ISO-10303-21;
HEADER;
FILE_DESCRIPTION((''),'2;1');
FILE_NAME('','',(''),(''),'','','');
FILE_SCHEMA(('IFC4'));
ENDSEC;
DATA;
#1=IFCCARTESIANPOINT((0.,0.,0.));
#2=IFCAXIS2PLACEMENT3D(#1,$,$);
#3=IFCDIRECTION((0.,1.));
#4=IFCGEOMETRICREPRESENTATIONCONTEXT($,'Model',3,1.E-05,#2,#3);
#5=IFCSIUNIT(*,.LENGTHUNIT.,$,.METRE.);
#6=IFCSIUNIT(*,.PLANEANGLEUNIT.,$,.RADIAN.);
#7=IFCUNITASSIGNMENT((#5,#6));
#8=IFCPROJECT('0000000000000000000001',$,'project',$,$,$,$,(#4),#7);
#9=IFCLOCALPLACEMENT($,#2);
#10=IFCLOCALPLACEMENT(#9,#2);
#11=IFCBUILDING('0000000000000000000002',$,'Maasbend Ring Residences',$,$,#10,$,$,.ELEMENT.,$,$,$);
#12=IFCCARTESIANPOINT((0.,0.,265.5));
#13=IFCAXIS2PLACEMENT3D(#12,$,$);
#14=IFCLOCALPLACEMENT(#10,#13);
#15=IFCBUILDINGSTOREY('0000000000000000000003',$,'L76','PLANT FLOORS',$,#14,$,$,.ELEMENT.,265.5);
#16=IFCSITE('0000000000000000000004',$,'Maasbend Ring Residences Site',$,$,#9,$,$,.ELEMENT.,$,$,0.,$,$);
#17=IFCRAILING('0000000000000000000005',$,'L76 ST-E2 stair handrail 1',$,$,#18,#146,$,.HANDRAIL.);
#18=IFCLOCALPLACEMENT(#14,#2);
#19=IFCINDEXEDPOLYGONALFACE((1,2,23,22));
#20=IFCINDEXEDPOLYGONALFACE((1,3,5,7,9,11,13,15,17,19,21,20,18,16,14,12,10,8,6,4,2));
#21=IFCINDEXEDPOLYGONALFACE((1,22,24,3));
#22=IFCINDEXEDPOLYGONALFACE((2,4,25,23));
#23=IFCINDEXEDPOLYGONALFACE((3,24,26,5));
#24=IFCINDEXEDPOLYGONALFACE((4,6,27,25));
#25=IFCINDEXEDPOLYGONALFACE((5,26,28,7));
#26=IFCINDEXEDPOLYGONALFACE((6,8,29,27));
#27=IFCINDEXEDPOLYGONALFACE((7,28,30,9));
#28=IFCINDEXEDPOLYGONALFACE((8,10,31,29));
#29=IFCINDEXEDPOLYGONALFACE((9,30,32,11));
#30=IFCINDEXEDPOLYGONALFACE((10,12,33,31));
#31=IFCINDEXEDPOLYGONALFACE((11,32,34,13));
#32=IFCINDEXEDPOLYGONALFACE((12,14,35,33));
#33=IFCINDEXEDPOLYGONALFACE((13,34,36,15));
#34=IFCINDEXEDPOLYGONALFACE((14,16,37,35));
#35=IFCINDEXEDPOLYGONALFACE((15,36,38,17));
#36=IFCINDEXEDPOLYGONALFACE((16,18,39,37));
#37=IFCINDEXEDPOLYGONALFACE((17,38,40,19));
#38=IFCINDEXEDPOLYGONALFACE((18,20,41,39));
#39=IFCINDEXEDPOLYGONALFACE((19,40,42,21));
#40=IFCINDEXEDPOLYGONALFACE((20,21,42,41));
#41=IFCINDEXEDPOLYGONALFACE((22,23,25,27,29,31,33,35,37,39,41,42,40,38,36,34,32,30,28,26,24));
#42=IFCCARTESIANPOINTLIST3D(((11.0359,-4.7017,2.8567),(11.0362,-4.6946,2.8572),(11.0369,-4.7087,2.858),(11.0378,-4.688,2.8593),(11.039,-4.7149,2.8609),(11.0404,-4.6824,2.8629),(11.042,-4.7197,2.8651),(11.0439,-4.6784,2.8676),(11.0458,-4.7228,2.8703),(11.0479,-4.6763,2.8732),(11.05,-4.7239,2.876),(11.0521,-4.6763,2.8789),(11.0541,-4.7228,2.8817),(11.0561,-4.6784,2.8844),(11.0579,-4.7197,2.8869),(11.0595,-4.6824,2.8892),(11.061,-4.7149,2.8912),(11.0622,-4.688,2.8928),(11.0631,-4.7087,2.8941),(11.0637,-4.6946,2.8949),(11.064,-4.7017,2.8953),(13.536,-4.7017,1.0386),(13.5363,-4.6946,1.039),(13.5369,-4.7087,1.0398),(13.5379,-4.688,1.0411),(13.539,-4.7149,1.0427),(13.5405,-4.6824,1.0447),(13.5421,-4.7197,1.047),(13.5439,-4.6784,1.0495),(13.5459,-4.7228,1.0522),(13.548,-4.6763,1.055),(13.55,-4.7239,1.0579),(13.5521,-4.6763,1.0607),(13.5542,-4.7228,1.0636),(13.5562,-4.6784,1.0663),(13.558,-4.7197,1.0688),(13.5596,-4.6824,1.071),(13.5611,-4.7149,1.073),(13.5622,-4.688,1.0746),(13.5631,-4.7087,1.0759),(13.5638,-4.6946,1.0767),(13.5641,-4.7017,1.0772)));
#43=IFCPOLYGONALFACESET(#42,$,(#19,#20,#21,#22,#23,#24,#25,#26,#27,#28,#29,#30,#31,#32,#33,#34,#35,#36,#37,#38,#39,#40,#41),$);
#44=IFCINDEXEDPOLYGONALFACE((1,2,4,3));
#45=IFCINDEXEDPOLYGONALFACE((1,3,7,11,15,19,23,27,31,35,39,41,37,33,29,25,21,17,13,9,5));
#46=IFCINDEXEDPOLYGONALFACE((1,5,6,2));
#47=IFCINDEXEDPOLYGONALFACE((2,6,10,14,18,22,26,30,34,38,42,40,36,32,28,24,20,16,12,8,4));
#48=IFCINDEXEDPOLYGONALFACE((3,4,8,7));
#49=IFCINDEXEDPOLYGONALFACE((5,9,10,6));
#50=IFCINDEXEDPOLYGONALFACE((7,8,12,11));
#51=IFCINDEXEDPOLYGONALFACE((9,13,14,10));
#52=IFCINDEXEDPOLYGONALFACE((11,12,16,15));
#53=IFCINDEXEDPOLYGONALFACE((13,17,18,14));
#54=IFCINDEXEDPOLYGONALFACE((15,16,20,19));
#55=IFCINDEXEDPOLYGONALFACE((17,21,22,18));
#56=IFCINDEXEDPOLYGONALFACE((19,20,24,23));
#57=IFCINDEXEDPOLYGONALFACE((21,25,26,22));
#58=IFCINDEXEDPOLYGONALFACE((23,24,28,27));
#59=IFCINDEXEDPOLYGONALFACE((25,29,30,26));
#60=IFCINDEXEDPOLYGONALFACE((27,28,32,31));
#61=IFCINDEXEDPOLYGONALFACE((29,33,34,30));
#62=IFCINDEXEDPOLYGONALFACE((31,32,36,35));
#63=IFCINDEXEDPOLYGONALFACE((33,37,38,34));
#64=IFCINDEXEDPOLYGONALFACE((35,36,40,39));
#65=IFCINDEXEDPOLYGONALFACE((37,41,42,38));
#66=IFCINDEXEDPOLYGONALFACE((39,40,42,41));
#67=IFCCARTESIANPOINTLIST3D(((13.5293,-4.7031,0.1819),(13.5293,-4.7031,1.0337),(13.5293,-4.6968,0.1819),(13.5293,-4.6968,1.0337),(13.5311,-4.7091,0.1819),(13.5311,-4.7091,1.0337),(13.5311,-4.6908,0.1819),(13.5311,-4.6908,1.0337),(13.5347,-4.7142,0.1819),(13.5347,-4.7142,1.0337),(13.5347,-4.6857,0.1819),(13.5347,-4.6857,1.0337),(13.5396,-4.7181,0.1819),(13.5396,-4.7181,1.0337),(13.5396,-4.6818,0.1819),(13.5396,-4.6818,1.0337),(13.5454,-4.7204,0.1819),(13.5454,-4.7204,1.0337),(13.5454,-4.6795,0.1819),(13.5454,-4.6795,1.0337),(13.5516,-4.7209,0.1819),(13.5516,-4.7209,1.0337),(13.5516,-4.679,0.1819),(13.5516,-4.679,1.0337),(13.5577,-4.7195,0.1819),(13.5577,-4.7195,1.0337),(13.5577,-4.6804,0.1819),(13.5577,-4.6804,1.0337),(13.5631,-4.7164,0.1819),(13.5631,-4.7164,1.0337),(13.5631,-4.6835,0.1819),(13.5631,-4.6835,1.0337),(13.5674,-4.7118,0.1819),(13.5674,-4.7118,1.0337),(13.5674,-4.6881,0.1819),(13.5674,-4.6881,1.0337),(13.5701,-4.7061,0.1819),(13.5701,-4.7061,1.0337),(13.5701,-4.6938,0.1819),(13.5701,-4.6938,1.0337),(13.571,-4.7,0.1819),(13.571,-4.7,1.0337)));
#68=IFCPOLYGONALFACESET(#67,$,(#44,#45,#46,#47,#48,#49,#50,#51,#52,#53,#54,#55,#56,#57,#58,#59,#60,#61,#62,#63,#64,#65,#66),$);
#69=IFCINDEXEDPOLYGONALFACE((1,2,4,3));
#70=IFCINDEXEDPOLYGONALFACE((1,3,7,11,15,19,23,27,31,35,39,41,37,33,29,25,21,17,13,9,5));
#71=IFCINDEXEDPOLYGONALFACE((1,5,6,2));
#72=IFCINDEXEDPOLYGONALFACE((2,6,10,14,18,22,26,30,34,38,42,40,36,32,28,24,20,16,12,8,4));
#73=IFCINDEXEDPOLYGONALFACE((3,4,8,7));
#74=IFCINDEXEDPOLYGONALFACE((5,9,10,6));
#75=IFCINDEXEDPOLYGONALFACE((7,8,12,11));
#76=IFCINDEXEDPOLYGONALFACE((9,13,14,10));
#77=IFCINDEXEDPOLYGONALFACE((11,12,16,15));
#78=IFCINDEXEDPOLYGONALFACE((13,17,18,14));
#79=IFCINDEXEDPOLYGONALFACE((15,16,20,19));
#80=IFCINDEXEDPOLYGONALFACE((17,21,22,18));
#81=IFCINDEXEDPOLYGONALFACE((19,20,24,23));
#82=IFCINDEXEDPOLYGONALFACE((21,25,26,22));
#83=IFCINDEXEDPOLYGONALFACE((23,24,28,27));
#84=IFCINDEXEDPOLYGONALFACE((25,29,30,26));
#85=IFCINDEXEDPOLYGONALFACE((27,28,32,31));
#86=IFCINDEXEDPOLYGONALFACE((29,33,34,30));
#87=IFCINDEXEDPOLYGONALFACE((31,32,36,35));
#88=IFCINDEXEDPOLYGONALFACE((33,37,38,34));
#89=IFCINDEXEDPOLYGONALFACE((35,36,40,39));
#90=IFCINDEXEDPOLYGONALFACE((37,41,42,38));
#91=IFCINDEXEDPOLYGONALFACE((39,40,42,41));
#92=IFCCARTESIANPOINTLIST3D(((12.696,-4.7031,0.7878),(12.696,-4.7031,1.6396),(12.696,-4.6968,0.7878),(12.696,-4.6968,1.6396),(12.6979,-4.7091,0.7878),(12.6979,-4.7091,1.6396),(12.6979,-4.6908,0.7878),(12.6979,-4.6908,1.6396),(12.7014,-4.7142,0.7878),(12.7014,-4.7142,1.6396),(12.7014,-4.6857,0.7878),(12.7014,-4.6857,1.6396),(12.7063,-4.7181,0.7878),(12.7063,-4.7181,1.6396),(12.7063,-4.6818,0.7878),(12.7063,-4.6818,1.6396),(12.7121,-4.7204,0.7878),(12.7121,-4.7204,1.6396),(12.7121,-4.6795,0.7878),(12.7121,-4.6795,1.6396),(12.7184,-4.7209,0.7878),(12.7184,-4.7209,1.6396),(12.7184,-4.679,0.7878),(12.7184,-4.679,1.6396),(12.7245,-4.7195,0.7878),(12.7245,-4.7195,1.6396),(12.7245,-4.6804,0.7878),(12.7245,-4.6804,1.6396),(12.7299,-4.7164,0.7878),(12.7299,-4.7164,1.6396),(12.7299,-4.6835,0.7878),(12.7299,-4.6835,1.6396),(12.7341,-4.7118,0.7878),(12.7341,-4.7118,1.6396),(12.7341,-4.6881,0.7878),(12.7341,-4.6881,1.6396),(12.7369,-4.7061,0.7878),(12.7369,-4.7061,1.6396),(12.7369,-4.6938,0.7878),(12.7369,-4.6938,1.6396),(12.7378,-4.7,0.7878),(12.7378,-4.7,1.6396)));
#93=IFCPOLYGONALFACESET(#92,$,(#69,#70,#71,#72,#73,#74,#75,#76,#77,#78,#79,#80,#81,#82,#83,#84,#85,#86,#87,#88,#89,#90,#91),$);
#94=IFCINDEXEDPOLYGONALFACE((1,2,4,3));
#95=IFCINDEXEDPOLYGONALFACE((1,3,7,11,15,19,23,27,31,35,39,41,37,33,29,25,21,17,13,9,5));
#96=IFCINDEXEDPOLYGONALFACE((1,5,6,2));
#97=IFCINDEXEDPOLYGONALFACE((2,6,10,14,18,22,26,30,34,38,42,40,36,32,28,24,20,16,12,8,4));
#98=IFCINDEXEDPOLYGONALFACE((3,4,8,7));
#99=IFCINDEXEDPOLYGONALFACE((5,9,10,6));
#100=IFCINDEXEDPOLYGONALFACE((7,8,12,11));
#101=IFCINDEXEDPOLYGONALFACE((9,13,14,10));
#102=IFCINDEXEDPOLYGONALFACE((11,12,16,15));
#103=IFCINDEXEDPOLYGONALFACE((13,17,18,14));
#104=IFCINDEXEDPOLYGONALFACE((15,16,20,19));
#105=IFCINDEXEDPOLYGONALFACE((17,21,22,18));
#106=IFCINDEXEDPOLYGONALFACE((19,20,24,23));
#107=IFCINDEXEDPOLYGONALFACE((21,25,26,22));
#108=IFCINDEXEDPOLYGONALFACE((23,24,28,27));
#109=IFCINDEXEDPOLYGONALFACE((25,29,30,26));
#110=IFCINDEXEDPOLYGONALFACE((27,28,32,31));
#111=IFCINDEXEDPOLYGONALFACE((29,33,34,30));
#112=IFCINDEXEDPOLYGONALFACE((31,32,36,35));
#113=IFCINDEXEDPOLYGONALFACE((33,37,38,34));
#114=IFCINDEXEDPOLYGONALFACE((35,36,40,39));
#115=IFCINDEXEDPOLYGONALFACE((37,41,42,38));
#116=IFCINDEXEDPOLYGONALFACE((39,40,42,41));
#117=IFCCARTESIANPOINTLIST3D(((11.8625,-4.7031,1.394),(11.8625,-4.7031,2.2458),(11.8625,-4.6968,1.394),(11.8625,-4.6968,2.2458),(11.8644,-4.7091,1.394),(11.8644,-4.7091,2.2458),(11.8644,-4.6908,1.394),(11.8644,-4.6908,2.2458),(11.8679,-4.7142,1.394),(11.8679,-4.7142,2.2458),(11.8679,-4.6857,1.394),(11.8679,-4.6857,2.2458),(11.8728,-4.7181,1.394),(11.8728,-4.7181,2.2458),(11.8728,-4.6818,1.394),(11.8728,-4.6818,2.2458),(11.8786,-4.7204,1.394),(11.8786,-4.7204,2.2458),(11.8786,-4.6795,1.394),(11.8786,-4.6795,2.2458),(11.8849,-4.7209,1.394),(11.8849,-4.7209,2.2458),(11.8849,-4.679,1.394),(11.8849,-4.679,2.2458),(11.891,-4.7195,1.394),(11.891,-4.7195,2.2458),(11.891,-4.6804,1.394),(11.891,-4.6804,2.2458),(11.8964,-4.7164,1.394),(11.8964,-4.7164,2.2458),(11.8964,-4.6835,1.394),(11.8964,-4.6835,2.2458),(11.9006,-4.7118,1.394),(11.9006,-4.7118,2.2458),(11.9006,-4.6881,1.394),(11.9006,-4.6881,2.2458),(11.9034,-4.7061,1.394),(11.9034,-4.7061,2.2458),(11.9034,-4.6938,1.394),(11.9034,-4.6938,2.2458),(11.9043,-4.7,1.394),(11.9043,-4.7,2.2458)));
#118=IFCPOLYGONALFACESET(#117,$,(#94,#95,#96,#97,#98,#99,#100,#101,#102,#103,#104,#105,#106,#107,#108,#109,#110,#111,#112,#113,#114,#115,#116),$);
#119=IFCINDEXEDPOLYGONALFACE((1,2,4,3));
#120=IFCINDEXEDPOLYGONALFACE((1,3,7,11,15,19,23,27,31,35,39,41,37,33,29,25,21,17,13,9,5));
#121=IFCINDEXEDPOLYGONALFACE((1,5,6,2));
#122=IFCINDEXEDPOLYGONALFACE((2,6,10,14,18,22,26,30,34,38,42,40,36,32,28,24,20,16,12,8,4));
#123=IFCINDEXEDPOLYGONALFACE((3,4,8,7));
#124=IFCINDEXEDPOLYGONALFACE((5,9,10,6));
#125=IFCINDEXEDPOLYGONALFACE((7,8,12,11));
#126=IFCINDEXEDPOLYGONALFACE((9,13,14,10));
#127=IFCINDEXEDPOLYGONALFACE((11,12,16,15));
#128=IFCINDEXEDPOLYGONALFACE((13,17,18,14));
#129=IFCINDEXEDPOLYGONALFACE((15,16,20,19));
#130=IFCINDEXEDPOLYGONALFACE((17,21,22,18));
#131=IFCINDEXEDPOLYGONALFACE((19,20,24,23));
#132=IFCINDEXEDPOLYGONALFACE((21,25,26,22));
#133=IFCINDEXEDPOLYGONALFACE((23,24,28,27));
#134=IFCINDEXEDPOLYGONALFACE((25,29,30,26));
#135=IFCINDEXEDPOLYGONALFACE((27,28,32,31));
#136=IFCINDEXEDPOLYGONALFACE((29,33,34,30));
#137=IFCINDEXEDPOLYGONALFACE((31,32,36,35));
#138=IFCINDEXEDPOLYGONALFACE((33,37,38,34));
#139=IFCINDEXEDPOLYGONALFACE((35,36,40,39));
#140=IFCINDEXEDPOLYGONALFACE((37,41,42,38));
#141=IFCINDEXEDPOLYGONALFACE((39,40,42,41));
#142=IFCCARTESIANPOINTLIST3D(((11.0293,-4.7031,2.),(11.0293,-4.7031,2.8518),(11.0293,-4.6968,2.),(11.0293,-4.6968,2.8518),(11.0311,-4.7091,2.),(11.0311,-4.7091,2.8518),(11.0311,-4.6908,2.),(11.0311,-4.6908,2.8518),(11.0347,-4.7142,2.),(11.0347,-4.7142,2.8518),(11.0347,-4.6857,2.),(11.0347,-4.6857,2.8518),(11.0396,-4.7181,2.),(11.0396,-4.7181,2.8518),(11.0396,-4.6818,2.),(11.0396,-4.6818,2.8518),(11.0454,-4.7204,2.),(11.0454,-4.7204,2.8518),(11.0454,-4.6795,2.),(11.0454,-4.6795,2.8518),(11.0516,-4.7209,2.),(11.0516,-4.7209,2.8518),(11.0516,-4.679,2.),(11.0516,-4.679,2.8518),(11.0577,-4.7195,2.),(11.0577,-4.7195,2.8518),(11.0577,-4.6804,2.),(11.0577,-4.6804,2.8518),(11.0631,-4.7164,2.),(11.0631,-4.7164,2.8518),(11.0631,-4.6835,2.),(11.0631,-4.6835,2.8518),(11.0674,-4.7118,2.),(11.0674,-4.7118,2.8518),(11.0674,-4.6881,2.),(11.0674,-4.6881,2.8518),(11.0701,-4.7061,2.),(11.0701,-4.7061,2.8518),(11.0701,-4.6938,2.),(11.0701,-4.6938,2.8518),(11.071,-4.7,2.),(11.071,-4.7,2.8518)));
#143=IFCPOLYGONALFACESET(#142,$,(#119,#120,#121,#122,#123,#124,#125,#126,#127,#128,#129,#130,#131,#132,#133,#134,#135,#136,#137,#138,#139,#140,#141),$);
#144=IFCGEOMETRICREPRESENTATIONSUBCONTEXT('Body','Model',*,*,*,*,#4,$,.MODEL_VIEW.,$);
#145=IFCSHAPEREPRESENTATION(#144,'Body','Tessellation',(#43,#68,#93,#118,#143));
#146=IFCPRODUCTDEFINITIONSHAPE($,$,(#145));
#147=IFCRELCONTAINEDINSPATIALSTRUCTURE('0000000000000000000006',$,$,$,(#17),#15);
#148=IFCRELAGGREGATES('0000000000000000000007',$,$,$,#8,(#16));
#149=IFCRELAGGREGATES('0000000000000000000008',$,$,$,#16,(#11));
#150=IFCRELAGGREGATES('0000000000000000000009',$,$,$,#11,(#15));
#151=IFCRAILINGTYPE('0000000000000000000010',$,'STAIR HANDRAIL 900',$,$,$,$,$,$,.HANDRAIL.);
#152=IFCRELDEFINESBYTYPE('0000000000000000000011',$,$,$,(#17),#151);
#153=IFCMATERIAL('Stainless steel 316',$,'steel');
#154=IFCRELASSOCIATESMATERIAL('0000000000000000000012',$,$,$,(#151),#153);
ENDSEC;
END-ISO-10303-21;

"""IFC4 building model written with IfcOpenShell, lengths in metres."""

from ifc_helpers import new_model, si_unit, direction, frame, origin, origin_2d, place, context, subcontext, project, spatial, circle, extrude, material, type_object, element, save


model = new_model("IFC4")

# Units and contexts
model_context = context("Model", 3, precision=1e-05, world=origin(), true_north=direction((0.0, 1.0)))
body_context = subcontext(model_context, "Body", "Model", "MODEL_VIEW")
ifc_project = project(units=[si_unit("LENGTHUNIT", "METRE"), si_unit("PLANEANGLEUNIT", "RADIAN")], contexts=[model_context])

# Site, building, storey
site_placement = place(None, origin())
site = spatial("IfcSite", under=ifc_project, at=site_placement, Name="Maasbend Ring Residences Site", CompositionType="ELEMENT", RefElevation=0.0)
building_placement = place(site_placement, origin())
building = spatial("IfcBuilding", under=site, at=building_placement, Name="Maasbend Ring Residences", CompositionType="ELEMENT")
storey_placement = place(building_placement, frame((0.0, 0.0, 265.5)))
storey = spatial("IfcBuildingStorey", under=building, at=storey_placement, Name="L76", Description="PLANT FLOORS", CompositionType="ELEMENT", Elevation=265.5)

# Railing
ifc_material_1 = material(Name="Stainless steel 316", Category="steel")
railing_type_1 = type_object("IfcRailingType", Name="STAIR HANDRAIL 900", PredefinedType="HANDRAIL", material=ifc_material_1)
railing_1_placement = place(storey_placement, frame((13.55, -4.7, 0.1819)))
element("IfcRailing", 1, at=railing_1_placement, inside=storey, type_object=railing_type_1, Name="L76 ST-E2 stair handrail 1", PredefinedType="HANDRAIL", context=body_context, shape_type="SweptSolid", body=[
    extrude(circle(Radius=0.0239, at=origin_2d()), frame((0.0, 0.0, 0.876), z_axis=(-0.808746, 0.0, 0.588158), x_axis=(0.0, -1.0, 0.0)), (0.0, 0.0, 1.0), 3.0913),
    extrude(circle(Radius=0.021, at=origin_2d()), origin(), (0.0, 0.0, 1.0), 0.8518),
    extrude(circle(Radius=0.021, at=origin_2d()), frame((-0.8333, 0.0, 0.606)), (0.0, 0.0, 1.0), 0.8518),
    extrude(circle(Radius=0.021, at=origin_2d()), frame((-1.6667, 0.0, 1.2122)), (0.0, 0.0, 1.0), 0.8518),
    extrude(circle(Radius=0.021, at=origin_2d()), frame((-2.5, 0.0, 1.8181)), (0.0, 0.0, 1.0), 0.8518),
])

save(model, "model.ifc")
